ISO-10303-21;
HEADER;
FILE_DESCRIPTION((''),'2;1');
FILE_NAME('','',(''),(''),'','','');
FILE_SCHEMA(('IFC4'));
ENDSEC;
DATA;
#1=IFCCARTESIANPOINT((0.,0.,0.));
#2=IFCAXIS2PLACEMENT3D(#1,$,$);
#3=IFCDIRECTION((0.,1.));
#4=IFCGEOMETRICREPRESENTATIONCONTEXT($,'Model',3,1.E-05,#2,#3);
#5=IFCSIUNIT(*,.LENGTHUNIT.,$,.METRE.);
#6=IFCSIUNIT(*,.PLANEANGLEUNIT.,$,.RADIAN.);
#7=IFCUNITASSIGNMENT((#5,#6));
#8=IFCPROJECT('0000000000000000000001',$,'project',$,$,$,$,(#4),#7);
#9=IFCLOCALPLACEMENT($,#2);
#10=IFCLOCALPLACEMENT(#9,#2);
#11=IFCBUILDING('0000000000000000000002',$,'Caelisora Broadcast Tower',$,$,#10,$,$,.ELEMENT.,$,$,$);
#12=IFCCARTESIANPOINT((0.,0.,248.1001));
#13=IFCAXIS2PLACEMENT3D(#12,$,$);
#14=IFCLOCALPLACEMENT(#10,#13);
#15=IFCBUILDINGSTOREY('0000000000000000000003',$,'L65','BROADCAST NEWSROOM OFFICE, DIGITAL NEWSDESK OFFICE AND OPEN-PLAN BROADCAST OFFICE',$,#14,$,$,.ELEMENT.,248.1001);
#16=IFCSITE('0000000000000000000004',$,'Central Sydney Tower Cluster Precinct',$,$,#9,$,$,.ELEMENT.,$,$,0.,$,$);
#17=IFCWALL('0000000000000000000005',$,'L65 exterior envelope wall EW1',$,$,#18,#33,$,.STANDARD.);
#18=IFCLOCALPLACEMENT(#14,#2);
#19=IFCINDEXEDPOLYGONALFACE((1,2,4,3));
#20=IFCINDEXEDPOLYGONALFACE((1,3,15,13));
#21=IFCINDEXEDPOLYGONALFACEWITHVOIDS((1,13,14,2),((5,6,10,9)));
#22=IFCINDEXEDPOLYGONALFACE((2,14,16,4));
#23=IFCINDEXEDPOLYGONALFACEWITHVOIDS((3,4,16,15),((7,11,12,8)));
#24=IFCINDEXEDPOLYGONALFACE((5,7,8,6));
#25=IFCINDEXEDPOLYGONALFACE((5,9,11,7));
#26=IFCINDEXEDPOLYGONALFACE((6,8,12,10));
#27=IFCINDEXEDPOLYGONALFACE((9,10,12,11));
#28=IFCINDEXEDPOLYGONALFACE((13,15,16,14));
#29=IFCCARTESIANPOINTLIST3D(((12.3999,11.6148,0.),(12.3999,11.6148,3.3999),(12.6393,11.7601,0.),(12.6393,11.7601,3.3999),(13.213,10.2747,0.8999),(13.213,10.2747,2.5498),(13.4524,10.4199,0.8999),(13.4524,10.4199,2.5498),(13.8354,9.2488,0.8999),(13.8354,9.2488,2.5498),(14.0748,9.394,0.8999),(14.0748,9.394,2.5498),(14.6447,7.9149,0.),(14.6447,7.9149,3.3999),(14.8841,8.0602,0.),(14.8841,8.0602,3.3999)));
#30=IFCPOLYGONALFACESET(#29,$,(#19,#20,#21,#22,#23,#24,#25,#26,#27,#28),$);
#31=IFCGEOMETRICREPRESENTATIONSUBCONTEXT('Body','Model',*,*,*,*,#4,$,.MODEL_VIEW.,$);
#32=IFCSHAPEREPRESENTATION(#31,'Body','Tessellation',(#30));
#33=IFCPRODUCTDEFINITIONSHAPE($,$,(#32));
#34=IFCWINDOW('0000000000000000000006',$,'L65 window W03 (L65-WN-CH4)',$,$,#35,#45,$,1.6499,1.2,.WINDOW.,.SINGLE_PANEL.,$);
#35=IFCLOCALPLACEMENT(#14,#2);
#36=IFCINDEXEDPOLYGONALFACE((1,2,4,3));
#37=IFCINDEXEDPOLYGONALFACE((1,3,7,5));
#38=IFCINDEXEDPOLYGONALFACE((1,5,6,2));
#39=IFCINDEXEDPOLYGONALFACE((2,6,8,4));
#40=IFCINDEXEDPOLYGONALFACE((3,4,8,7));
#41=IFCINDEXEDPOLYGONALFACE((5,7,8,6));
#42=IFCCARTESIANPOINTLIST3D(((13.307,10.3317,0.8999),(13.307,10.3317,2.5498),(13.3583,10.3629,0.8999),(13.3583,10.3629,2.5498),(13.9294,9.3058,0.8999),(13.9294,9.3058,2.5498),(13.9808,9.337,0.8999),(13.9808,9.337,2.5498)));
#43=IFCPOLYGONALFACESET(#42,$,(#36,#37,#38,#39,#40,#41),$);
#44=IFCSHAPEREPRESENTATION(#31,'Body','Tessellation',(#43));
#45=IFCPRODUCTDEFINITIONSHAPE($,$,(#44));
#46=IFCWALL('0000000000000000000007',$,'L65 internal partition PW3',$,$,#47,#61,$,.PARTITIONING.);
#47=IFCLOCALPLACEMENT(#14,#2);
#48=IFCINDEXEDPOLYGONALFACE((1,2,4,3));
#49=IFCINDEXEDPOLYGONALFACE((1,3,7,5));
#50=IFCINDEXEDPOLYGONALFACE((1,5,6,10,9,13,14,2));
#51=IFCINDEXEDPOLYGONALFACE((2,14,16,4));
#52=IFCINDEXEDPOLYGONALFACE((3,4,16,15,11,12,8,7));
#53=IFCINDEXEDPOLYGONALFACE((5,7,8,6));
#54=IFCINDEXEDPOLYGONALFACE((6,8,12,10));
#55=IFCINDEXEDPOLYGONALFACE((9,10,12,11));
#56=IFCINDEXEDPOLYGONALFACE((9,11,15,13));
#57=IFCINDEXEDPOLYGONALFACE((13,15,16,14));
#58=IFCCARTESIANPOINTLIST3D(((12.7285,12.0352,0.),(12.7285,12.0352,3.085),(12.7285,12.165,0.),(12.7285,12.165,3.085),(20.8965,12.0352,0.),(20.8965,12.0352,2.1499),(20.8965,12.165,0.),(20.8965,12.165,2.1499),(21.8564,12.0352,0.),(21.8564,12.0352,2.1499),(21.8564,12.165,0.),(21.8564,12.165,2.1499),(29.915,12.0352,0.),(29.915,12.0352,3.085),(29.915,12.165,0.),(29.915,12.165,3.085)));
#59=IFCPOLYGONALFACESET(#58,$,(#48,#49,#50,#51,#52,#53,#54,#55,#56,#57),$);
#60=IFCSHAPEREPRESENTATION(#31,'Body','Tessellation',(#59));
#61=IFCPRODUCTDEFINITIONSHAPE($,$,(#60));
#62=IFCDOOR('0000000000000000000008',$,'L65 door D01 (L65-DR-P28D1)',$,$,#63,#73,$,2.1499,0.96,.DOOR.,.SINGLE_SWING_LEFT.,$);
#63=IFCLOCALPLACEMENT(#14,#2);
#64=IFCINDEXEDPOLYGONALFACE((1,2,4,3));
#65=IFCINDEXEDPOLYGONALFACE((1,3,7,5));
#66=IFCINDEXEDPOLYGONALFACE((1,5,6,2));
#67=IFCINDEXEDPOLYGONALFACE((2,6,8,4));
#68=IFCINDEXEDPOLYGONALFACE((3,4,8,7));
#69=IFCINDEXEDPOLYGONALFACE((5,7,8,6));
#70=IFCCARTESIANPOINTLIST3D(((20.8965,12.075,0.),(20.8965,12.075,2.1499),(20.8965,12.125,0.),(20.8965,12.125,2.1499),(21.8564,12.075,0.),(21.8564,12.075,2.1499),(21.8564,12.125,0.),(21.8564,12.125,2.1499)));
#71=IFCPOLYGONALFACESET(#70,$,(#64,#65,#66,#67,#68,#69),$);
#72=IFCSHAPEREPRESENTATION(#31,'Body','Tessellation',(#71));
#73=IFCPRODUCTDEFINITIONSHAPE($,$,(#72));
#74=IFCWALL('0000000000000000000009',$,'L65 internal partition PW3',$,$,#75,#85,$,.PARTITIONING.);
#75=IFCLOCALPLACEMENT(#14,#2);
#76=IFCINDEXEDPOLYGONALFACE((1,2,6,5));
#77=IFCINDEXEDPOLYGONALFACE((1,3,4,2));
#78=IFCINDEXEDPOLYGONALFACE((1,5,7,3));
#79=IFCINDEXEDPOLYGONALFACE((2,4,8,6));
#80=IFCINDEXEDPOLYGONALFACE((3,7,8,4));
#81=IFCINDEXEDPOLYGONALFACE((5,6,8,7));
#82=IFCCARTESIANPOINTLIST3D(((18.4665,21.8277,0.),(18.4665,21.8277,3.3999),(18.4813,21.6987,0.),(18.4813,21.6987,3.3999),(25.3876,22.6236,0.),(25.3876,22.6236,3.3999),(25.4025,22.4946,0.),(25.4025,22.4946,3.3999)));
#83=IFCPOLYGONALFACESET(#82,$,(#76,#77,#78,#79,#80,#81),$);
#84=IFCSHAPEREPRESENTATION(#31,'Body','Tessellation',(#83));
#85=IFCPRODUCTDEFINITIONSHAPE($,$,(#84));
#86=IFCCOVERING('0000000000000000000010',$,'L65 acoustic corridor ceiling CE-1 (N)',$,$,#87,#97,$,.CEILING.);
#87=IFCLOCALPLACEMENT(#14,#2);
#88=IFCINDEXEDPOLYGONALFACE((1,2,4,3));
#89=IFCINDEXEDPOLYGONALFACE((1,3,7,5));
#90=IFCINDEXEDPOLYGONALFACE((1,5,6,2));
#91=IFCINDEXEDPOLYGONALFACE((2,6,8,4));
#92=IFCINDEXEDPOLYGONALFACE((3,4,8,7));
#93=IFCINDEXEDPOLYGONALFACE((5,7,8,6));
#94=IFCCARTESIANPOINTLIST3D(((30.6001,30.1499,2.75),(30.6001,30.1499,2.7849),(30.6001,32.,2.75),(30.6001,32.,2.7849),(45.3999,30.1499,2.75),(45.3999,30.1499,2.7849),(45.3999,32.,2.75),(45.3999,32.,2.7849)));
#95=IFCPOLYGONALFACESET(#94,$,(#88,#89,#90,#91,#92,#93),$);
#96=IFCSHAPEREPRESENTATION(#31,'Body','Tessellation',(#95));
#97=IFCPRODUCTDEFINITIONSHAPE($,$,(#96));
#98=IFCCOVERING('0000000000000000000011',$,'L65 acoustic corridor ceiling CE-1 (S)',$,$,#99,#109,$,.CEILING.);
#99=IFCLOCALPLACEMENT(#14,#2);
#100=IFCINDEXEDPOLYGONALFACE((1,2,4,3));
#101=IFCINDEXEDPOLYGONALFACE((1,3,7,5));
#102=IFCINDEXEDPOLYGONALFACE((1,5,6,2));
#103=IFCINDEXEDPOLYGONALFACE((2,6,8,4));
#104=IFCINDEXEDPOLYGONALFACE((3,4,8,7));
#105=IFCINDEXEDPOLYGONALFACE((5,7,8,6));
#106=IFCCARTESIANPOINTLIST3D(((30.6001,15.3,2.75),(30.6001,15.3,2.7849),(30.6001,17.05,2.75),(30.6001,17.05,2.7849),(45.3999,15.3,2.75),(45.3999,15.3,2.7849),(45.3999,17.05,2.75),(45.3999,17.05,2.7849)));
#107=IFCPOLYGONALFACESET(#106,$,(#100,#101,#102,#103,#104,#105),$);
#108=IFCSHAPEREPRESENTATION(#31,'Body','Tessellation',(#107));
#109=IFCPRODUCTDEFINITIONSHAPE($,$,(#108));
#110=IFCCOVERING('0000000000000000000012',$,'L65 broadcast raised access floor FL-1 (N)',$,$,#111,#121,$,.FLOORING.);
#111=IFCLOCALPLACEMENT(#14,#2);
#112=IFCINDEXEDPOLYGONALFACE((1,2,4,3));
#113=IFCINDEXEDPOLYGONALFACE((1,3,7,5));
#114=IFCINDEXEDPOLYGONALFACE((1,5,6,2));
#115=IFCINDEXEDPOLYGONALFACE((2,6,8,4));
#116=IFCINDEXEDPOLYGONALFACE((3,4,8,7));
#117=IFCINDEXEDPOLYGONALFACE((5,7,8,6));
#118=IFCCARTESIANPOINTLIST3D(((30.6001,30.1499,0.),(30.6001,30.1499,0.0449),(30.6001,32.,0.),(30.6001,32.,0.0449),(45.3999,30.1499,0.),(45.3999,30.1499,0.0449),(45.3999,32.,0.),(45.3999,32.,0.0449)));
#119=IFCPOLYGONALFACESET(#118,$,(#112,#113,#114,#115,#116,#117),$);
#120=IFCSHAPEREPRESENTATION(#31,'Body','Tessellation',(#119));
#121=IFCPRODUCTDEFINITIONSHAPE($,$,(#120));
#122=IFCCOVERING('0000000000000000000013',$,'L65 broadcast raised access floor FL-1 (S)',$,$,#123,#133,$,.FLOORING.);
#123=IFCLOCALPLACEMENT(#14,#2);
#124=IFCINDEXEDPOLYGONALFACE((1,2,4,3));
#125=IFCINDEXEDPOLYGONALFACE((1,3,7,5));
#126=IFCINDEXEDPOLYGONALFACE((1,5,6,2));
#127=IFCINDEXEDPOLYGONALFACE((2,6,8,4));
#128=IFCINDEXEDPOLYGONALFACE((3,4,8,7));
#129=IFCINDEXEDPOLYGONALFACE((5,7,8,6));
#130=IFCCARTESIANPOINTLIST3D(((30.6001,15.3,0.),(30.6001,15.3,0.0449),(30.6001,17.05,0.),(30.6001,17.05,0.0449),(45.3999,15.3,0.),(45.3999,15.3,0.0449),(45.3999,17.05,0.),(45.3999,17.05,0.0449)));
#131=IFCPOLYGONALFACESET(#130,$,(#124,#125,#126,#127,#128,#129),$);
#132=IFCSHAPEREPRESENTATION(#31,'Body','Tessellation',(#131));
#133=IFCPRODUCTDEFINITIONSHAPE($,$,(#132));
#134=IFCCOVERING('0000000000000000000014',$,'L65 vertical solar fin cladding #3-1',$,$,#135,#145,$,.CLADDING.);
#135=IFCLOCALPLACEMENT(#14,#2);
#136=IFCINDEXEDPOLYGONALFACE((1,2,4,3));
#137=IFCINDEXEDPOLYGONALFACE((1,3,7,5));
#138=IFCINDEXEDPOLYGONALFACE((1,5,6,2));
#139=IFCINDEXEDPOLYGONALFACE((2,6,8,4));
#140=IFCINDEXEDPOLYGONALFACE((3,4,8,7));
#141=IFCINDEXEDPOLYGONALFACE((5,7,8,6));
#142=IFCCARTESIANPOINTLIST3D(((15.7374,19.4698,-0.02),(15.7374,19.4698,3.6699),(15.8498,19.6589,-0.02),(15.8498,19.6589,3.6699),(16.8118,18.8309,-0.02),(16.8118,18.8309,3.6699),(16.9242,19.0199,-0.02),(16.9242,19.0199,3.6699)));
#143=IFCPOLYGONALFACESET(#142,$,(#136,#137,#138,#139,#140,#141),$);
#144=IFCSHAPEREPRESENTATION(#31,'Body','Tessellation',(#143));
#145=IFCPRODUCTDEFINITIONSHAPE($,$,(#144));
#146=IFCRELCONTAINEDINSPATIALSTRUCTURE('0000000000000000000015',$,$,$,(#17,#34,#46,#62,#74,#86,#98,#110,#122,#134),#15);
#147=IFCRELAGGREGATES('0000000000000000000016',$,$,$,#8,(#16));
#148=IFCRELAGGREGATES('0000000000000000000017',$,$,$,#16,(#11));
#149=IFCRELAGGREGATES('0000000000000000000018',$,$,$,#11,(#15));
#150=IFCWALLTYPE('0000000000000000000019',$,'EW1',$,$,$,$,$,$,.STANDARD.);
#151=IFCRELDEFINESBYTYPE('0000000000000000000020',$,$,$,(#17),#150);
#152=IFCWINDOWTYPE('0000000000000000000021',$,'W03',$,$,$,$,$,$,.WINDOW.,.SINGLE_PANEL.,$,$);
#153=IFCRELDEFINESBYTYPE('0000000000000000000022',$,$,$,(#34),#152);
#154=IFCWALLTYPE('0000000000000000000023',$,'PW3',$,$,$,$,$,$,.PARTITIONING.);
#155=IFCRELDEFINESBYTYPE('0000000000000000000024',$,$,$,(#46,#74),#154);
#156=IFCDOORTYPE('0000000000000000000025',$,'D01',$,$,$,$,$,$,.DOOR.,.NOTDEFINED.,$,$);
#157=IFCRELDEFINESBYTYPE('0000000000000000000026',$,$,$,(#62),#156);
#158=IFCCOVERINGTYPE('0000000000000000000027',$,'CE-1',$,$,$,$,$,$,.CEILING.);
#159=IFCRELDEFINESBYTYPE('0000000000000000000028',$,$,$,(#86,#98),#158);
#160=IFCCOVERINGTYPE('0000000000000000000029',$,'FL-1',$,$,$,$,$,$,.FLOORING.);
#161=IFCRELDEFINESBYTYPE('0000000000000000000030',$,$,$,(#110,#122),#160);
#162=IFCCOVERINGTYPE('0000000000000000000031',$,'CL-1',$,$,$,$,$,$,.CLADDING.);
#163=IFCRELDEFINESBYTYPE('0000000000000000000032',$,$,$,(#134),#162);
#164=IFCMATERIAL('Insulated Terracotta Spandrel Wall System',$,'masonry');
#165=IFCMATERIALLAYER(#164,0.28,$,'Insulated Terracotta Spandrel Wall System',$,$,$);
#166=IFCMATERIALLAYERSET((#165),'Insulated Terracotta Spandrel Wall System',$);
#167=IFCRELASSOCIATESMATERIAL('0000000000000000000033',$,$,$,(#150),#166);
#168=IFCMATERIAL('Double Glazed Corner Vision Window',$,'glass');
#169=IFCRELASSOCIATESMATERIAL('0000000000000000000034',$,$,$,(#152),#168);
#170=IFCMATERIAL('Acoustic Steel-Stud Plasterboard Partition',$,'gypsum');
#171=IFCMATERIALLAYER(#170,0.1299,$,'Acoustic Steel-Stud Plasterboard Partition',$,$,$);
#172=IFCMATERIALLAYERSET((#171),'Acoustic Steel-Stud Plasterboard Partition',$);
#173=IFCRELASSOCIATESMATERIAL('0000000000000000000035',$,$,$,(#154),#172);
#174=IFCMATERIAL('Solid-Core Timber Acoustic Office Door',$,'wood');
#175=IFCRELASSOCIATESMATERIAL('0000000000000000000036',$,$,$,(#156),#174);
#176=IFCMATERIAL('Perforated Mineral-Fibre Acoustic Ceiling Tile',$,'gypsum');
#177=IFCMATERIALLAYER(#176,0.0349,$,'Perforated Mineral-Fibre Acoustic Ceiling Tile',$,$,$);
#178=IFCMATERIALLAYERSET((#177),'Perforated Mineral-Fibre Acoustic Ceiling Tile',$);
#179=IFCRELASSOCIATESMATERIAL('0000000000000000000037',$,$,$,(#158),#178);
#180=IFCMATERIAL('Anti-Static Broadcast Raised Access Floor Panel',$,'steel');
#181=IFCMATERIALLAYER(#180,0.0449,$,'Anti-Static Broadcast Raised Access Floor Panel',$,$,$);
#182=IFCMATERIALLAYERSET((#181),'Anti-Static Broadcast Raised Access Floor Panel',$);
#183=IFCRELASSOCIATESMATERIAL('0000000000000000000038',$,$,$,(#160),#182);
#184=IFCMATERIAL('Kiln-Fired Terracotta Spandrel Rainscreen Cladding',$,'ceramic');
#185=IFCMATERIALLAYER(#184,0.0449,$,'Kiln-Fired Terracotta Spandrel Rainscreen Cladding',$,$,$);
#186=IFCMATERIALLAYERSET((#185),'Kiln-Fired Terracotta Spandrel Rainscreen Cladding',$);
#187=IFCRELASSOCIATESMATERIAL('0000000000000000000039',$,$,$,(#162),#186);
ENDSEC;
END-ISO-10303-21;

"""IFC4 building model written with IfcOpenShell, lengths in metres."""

from ifc_helpers import new_model, si_unit, direction, frame, frame_2d, origin, origin_2d, place, context, subcontext, project, spatial, polyline, rectangle, outline, extrude, source, transform, mapped, material, layer, layer_set, type_object, type_shapes, element, fill, save


model = new_model("IFC4")

# Units and contexts
model_context = context("Model", 3, precision=1e-05, world=origin(), true_north=direction((0.0, 1.0)))
body_context = subcontext(model_context, "Body", "Model", "MODEL_VIEW")
ifc_project = project(units=[si_unit("LENGTHUNIT", "METRE"), si_unit("PLANEANGLEUNIT", "RADIAN")], contexts=[model_context])

# Site, building, storey
site_placement = place(None, origin())
site = spatial("IfcSite", under=ifc_project, at=site_placement, Name="Central Sydney Tower Cluster Precinct", CompositionType="ELEMENT", RefElevation=0.0)
building_placement = place(site_placement, origin())
building = spatial("IfcBuilding", under=site, at=building_placement, Name="Caelisora Broadcast Tower", CompositionType="ELEMENT")
storey_placement = place(building_placement, frame((0.0, 0.0, 248.1001)))
storey = spatial("IfcBuildingStorey", under=building, at=storey_placement, Name="L65", Description="BROADCAST NEWSROOM OFFICE, DIGITAL NEWSDESK OFFICE AND OPEN-PLAN BROADCAST OFFICE", CompositionType="ELEMENT", Elevation=248.1001)

# Wall, opening, window
ifc_material_1 = material(Name="Insulated Terracotta Spandrel Wall System", Category="masonry")
ifc_layer_1 = layer(ifc_material_1, 0.28, Name="Insulated Terracotta Spandrel Wall System")
ifc_layer_set_1 = layer_set([ifc_layer_1], Name="Insulated Terracotta Spandrel Wall System")
wall_type_1 = type_object("IfcWallType", Name="EW1", PredefinedType="STANDARD", material=ifc_layer_set_1)
wall_1_placement = place(storey_placement, frame((14.7644, 7.9875, 0.0), z_axis=(0.0, 0.0, 1.0), x_axis=(-0.51872, 0.854944, 0.0)))
wall_1 = element("IfcWall", 1, at=wall_1_placement, inside=storey, type_object=wall_type_1, Name="L65 exterior envelope wall EW1", PredefinedType="STANDARD", context=body_context, shape_type="SweptSolid", body=[
    extrude(rectangle(XDim=4.3276, YDim=0.28, at=frame_2d((2.1638, 0.0))), origin(), (0.0, 0.0, 1.0), 3.3999),
])
opening_1_placement = place(wall_1_placement, frame((1.5601, 0.0, 0.8999)))
opening_1 = element("IfcOpeningElement", 2, at=opening_1_placement, cuts=wall_1, PredefinedType="OPENING", context=body_context, shape_type="SweptSolid", body=[
    extrude(rectangle(XDim=1.2, YDim=1.6499, at=frame_2d((0.6001, 0.825))), frame((0.0, 0.1521, 0.0), z_axis=(0.0, -1.0, 0.0), x_axis=(1.0, 0.0, 0.0)), (0.0, 0.0, 1.0), 0.304),
])
ifc_material_2 = material(Name="Double Glazed Corner Vision Window", Category="glass")
window_type = type_object("IfcWindowType", Name="W03", PartitioningType="SINGLE_PANEL", PredefinedType="WINDOW", material=ifc_material_2)
window_placement = place(opening_1_placement, origin())
window = element("IfcWindow", 3, at=window_placement, inside=storey, type_object=window_type, Name="L65 window W03 (L65-WN-CH4)", OverallHeight=1.6499, OverallWidth=1.2, PartitioningType="SINGLE_PANEL", PredefinedType="WINDOW", context=body_context, shape_type="SweptSolid", body=[
    extrude(rectangle(XDim=1.2, YDim=1.6499, at=frame_2d((0.6001, 0.825))), frame((0.0, 0.03, 0.0), z_axis=(0.0, -1.0, 0.0), x_axis=(1.0, 0.0, 0.0)), (0.0, 0.0, 1.0), 0.0601),
])
fill(opening_1, window)

# Wall, opening, door
ifc_material_3 = material(Name="Acoustic Steel-Stud Plasterboard Partition", Category="gypsum")
ifc_layer_2 = layer(ifc_material_3, 0.1299, Name="Acoustic Steel-Stud Plasterboard Partition")
ifc_layer_set_2 = layer_set([ifc_layer_2], Name="Acoustic Steel-Stud Plasterboard Partition")
wall_type_2 = type_object("IfcWallType", Name="PW3", PredefinedType="PARTITIONING", material=ifc_layer_set_2)
wall_2_placement = place(storey_placement, frame((12.7285, 12.1001, 0.0), z_axis=(0.0, 0.0, 1.0), x_axis=(1.0, 0.0, 0.0)))
wall_2 = element("IfcWall", 4, at=wall_2_placement, inside=storey, type_object=wall_type_2, Name="L65 internal partition PW3", PredefinedType="PARTITIONING", context=body_context, shape_type="SweptSolid", body=[
    extrude(rectangle(XDim=17.1865, YDim=0.1299, at=frame_2d((8.5933, 0.0))), origin(), (0.0, 0.0, 1.0), 3.085),
])
opening_2_placement = place(wall_2_placement, frame((8.168, 0.0, 0.0)))
opening_2 = element("IfcOpeningElement", 5, at=opening_2_placement, cuts=wall_2, PredefinedType="OPENING", context=body_context, shape_type="SweptSolid", body=[
    extrude(rectangle(XDim=0.96, YDim=2.1499, at=frame_2d((0.48, 1.075))), frame((0.0, 0.0769, 0.0), z_axis=(0.0, -1.0, 0.0), x_axis=(1.0, 0.0, 0.0)), (0.0, 0.0, 1.0), 0.1538),
])
ifc_material_4 = material(Name="Solid-Core Timber Acoustic Office Door", Category="wood")
door_type = type_object("IfcDoorType", Name="D01", OperationType="NOTDEFINED", PredefinedType="DOOR", material=ifc_material_4)
door_placement = place(opening_2_placement, origin())
door = element("IfcDoor", 6, at=door_placement, inside=storey, type_object=door_type, Name="L65 door D01 (L65-DR-P28D1)", OperationType="SINGLE_SWING_LEFT", OverallHeight=2.1499, OverallWidth=0.96, PredefinedType="DOOR", context=body_context, shape_type="SweptSolid", body=[
    extrude(rectangle(XDim=0.96, YDim=2.1499, at=frame_2d((0.48, 1.075))), frame((0.0, 0.0249, 0.0), z_axis=(0.0, -1.0, 0.0), x_axis=(1.0, 0.0, 0.0)), (0.0, 0.0, 1.0), 0.05),
])
fill(opening_2, door)

# Wall
wall_3_placement = place(storey_placement, frame((18.4739, 21.7632, 0.0), z_axis=(0.0, 0.0, 1.0), x_axis=(0.993453, 0.114242, 0.0)))
element("IfcWall", 7, at=wall_3_placement, inside=storey, type_object=wall_type_2, Name="L65 internal partition PW3", PredefinedType="PARTITIONING", context=body_context, shape_type="SweptSolid", body=[
    extrude(rectangle(XDim=6.9668, YDim=0.1299, at=frame_2d((3.4834, 0.0))), origin(), (0.0, 0.0, 1.0), 3.3999),
])

# Coverings
ifc_material_5 = material(Name="Perforated Mineral-Fibre Acoustic Ceiling Tile", Category="gypsum")
ifc_layer_3 = layer(ifc_material_5, 0.0349, Name="Perforated Mineral-Fibre Acoustic Ceiling Tile")
ifc_layer_set_3 = layer_set([ifc_layer_3], Name="Perforated Mineral-Fibre Acoustic Ceiling Tile")
covering_type_1 = type_object("IfcCoveringType", Name="CE-1", PredefinedType="CEILING", material=ifc_layer_set_3)
covering_1_placement = place(storey_placement, frame((0.0, 0.0, 2.75)))
element("IfcCovering", 8, at=covering_1_placement, inside=storey, type_object=covering_type_1, Name="L65 acoustic corridor ceiling CE-1 (N)", PredefinedType="CEILING", context=body_context, shape_type="SweptSolid", body=[
    extrude(outline(polyline([(30.6001, 30.1499), (45.3999, 30.1499), (45.3999, 32.0), (30.6001, 32.0), (30.6001, 30.1499)])), origin(), (0.0, 0.0, 1.0), 0.0349),
])
covering_2_placement = place(storey_placement, frame((0.0, 0.0, 2.75)))
element("IfcCovering", 9, at=covering_2_placement, inside=storey, type_object=covering_type_1, Name="L65 acoustic corridor ceiling CE-1 (S)", PredefinedType="CEILING", context=body_context, shape_type="SweptSolid", body=[
    extrude(outline(polyline([(30.6001, 15.3), (45.3999, 15.3), (45.3999, 17.05), (30.6001, 17.05), (30.6001, 15.3)])), origin(), (0.0, 0.0, 1.0), 0.0349),
])
ifc_material_6 = material(Name="Anti-Static Broadcast Raised Access Floor Panel", Category="steel")
ifc_layer_4 = layer(ifc_material_6, 0.0449, Name="Anti-Static Broadcast Raised Access Floor Panel")
ifc_layer_set_4 = layer_set([ifc_layer_4], Name="Anti-Static Broadcast Raised Access Floor Panel")
covering_type_2 = type_object("IfcCoveringType", Name="FL-1", PredefinedType="FLOORING", material=ifc_layer_set_4)
covering_3_placement = place(storey_placement, origin())
element("IfcCovering", 10, at=covering_3_placement, inside=storey, type_object=covering_type_2, Name="L65 broadcast raised access floor FL-1 (N)", PredefinedType="FLOORING", context=body_context, shape_type="SweptSolid", body=[
    extrude(outline(polyline([(30.6001, 30.1499), (45.3999, 30.1499), (45.3999, 32.0), (30.6001, 32.0), (30.6001, 30.1499)])), origin(), (0.0, 0.0, 1.0), 0.0449),
])
covering_4_placement = place(storey_placement, origin())
element("IfcCovering", 11, at=covering_4_placement, inside=storey, type_object=covering_type_2, Name="L65 broadcast raised access floor FL-1 (S)", PredefinedType="FLOORING", context=body_context, shape_type="SweptSolid", body=[
    extrude(outline(polyline([(30.6001, 15.3), (45.3999, 15.3), (45.3999, 17.05), (30.6001, 17.05), (30.6001, 15.3)])), origin(), (0.0, 0.0, 1.0), 0.0449),
])
ifc_material_7 = material(Name="Kiln-Fired Terracotta Spandrel Rainscreen Cladding", Category="ceramic")
ifc_layer_5 = layer(ifc_material_7, 0.0449, Name="Kiln-Fired Terracotta Spandrel Rainscreen Cladding")
ifc_layer_set_5 = layer_set([ifc_layer_5], Name="Kiln-Fired Terracotta Spandrel Rainscreen Cladding")
covering_type_3 = type_object("IfcCoveringType", Name="CL-1", PredefinedType="CLADDING", material=ifc_layer_set_5)
shared_shape_1 = source(origin(), body_context, "Body", "SweptSolid", [
    extrude(rectangle(XDim=0.22, YDim=1.25, at=origin_2d()), origin(), (0.0, 0.0, 1.0), 3.6899),
])
type_shapes(covering_type_3, [shared_shape_1])
covering_5_placement = place(storey_placement, frame((16.3308, 19.2449, -0.02), z_axis=(0.0, 0.0, 1.0), x_axis=(0.511143, 0.859496, 0.0)))
element("IfcCovering", 12, at=covering_5_placement, inside=storey, type_object=covering_type_3, Name="L65 vertical solar fin cladding #3-1", PredefinedType="CLADDING", context=body_context, shape_type="MappedRepresentation", body=[
    mapped(shared_shape_1, transform((0.0, 0.0, 0.0), scale=1.0)),
])

save(model, "model.ifc")
